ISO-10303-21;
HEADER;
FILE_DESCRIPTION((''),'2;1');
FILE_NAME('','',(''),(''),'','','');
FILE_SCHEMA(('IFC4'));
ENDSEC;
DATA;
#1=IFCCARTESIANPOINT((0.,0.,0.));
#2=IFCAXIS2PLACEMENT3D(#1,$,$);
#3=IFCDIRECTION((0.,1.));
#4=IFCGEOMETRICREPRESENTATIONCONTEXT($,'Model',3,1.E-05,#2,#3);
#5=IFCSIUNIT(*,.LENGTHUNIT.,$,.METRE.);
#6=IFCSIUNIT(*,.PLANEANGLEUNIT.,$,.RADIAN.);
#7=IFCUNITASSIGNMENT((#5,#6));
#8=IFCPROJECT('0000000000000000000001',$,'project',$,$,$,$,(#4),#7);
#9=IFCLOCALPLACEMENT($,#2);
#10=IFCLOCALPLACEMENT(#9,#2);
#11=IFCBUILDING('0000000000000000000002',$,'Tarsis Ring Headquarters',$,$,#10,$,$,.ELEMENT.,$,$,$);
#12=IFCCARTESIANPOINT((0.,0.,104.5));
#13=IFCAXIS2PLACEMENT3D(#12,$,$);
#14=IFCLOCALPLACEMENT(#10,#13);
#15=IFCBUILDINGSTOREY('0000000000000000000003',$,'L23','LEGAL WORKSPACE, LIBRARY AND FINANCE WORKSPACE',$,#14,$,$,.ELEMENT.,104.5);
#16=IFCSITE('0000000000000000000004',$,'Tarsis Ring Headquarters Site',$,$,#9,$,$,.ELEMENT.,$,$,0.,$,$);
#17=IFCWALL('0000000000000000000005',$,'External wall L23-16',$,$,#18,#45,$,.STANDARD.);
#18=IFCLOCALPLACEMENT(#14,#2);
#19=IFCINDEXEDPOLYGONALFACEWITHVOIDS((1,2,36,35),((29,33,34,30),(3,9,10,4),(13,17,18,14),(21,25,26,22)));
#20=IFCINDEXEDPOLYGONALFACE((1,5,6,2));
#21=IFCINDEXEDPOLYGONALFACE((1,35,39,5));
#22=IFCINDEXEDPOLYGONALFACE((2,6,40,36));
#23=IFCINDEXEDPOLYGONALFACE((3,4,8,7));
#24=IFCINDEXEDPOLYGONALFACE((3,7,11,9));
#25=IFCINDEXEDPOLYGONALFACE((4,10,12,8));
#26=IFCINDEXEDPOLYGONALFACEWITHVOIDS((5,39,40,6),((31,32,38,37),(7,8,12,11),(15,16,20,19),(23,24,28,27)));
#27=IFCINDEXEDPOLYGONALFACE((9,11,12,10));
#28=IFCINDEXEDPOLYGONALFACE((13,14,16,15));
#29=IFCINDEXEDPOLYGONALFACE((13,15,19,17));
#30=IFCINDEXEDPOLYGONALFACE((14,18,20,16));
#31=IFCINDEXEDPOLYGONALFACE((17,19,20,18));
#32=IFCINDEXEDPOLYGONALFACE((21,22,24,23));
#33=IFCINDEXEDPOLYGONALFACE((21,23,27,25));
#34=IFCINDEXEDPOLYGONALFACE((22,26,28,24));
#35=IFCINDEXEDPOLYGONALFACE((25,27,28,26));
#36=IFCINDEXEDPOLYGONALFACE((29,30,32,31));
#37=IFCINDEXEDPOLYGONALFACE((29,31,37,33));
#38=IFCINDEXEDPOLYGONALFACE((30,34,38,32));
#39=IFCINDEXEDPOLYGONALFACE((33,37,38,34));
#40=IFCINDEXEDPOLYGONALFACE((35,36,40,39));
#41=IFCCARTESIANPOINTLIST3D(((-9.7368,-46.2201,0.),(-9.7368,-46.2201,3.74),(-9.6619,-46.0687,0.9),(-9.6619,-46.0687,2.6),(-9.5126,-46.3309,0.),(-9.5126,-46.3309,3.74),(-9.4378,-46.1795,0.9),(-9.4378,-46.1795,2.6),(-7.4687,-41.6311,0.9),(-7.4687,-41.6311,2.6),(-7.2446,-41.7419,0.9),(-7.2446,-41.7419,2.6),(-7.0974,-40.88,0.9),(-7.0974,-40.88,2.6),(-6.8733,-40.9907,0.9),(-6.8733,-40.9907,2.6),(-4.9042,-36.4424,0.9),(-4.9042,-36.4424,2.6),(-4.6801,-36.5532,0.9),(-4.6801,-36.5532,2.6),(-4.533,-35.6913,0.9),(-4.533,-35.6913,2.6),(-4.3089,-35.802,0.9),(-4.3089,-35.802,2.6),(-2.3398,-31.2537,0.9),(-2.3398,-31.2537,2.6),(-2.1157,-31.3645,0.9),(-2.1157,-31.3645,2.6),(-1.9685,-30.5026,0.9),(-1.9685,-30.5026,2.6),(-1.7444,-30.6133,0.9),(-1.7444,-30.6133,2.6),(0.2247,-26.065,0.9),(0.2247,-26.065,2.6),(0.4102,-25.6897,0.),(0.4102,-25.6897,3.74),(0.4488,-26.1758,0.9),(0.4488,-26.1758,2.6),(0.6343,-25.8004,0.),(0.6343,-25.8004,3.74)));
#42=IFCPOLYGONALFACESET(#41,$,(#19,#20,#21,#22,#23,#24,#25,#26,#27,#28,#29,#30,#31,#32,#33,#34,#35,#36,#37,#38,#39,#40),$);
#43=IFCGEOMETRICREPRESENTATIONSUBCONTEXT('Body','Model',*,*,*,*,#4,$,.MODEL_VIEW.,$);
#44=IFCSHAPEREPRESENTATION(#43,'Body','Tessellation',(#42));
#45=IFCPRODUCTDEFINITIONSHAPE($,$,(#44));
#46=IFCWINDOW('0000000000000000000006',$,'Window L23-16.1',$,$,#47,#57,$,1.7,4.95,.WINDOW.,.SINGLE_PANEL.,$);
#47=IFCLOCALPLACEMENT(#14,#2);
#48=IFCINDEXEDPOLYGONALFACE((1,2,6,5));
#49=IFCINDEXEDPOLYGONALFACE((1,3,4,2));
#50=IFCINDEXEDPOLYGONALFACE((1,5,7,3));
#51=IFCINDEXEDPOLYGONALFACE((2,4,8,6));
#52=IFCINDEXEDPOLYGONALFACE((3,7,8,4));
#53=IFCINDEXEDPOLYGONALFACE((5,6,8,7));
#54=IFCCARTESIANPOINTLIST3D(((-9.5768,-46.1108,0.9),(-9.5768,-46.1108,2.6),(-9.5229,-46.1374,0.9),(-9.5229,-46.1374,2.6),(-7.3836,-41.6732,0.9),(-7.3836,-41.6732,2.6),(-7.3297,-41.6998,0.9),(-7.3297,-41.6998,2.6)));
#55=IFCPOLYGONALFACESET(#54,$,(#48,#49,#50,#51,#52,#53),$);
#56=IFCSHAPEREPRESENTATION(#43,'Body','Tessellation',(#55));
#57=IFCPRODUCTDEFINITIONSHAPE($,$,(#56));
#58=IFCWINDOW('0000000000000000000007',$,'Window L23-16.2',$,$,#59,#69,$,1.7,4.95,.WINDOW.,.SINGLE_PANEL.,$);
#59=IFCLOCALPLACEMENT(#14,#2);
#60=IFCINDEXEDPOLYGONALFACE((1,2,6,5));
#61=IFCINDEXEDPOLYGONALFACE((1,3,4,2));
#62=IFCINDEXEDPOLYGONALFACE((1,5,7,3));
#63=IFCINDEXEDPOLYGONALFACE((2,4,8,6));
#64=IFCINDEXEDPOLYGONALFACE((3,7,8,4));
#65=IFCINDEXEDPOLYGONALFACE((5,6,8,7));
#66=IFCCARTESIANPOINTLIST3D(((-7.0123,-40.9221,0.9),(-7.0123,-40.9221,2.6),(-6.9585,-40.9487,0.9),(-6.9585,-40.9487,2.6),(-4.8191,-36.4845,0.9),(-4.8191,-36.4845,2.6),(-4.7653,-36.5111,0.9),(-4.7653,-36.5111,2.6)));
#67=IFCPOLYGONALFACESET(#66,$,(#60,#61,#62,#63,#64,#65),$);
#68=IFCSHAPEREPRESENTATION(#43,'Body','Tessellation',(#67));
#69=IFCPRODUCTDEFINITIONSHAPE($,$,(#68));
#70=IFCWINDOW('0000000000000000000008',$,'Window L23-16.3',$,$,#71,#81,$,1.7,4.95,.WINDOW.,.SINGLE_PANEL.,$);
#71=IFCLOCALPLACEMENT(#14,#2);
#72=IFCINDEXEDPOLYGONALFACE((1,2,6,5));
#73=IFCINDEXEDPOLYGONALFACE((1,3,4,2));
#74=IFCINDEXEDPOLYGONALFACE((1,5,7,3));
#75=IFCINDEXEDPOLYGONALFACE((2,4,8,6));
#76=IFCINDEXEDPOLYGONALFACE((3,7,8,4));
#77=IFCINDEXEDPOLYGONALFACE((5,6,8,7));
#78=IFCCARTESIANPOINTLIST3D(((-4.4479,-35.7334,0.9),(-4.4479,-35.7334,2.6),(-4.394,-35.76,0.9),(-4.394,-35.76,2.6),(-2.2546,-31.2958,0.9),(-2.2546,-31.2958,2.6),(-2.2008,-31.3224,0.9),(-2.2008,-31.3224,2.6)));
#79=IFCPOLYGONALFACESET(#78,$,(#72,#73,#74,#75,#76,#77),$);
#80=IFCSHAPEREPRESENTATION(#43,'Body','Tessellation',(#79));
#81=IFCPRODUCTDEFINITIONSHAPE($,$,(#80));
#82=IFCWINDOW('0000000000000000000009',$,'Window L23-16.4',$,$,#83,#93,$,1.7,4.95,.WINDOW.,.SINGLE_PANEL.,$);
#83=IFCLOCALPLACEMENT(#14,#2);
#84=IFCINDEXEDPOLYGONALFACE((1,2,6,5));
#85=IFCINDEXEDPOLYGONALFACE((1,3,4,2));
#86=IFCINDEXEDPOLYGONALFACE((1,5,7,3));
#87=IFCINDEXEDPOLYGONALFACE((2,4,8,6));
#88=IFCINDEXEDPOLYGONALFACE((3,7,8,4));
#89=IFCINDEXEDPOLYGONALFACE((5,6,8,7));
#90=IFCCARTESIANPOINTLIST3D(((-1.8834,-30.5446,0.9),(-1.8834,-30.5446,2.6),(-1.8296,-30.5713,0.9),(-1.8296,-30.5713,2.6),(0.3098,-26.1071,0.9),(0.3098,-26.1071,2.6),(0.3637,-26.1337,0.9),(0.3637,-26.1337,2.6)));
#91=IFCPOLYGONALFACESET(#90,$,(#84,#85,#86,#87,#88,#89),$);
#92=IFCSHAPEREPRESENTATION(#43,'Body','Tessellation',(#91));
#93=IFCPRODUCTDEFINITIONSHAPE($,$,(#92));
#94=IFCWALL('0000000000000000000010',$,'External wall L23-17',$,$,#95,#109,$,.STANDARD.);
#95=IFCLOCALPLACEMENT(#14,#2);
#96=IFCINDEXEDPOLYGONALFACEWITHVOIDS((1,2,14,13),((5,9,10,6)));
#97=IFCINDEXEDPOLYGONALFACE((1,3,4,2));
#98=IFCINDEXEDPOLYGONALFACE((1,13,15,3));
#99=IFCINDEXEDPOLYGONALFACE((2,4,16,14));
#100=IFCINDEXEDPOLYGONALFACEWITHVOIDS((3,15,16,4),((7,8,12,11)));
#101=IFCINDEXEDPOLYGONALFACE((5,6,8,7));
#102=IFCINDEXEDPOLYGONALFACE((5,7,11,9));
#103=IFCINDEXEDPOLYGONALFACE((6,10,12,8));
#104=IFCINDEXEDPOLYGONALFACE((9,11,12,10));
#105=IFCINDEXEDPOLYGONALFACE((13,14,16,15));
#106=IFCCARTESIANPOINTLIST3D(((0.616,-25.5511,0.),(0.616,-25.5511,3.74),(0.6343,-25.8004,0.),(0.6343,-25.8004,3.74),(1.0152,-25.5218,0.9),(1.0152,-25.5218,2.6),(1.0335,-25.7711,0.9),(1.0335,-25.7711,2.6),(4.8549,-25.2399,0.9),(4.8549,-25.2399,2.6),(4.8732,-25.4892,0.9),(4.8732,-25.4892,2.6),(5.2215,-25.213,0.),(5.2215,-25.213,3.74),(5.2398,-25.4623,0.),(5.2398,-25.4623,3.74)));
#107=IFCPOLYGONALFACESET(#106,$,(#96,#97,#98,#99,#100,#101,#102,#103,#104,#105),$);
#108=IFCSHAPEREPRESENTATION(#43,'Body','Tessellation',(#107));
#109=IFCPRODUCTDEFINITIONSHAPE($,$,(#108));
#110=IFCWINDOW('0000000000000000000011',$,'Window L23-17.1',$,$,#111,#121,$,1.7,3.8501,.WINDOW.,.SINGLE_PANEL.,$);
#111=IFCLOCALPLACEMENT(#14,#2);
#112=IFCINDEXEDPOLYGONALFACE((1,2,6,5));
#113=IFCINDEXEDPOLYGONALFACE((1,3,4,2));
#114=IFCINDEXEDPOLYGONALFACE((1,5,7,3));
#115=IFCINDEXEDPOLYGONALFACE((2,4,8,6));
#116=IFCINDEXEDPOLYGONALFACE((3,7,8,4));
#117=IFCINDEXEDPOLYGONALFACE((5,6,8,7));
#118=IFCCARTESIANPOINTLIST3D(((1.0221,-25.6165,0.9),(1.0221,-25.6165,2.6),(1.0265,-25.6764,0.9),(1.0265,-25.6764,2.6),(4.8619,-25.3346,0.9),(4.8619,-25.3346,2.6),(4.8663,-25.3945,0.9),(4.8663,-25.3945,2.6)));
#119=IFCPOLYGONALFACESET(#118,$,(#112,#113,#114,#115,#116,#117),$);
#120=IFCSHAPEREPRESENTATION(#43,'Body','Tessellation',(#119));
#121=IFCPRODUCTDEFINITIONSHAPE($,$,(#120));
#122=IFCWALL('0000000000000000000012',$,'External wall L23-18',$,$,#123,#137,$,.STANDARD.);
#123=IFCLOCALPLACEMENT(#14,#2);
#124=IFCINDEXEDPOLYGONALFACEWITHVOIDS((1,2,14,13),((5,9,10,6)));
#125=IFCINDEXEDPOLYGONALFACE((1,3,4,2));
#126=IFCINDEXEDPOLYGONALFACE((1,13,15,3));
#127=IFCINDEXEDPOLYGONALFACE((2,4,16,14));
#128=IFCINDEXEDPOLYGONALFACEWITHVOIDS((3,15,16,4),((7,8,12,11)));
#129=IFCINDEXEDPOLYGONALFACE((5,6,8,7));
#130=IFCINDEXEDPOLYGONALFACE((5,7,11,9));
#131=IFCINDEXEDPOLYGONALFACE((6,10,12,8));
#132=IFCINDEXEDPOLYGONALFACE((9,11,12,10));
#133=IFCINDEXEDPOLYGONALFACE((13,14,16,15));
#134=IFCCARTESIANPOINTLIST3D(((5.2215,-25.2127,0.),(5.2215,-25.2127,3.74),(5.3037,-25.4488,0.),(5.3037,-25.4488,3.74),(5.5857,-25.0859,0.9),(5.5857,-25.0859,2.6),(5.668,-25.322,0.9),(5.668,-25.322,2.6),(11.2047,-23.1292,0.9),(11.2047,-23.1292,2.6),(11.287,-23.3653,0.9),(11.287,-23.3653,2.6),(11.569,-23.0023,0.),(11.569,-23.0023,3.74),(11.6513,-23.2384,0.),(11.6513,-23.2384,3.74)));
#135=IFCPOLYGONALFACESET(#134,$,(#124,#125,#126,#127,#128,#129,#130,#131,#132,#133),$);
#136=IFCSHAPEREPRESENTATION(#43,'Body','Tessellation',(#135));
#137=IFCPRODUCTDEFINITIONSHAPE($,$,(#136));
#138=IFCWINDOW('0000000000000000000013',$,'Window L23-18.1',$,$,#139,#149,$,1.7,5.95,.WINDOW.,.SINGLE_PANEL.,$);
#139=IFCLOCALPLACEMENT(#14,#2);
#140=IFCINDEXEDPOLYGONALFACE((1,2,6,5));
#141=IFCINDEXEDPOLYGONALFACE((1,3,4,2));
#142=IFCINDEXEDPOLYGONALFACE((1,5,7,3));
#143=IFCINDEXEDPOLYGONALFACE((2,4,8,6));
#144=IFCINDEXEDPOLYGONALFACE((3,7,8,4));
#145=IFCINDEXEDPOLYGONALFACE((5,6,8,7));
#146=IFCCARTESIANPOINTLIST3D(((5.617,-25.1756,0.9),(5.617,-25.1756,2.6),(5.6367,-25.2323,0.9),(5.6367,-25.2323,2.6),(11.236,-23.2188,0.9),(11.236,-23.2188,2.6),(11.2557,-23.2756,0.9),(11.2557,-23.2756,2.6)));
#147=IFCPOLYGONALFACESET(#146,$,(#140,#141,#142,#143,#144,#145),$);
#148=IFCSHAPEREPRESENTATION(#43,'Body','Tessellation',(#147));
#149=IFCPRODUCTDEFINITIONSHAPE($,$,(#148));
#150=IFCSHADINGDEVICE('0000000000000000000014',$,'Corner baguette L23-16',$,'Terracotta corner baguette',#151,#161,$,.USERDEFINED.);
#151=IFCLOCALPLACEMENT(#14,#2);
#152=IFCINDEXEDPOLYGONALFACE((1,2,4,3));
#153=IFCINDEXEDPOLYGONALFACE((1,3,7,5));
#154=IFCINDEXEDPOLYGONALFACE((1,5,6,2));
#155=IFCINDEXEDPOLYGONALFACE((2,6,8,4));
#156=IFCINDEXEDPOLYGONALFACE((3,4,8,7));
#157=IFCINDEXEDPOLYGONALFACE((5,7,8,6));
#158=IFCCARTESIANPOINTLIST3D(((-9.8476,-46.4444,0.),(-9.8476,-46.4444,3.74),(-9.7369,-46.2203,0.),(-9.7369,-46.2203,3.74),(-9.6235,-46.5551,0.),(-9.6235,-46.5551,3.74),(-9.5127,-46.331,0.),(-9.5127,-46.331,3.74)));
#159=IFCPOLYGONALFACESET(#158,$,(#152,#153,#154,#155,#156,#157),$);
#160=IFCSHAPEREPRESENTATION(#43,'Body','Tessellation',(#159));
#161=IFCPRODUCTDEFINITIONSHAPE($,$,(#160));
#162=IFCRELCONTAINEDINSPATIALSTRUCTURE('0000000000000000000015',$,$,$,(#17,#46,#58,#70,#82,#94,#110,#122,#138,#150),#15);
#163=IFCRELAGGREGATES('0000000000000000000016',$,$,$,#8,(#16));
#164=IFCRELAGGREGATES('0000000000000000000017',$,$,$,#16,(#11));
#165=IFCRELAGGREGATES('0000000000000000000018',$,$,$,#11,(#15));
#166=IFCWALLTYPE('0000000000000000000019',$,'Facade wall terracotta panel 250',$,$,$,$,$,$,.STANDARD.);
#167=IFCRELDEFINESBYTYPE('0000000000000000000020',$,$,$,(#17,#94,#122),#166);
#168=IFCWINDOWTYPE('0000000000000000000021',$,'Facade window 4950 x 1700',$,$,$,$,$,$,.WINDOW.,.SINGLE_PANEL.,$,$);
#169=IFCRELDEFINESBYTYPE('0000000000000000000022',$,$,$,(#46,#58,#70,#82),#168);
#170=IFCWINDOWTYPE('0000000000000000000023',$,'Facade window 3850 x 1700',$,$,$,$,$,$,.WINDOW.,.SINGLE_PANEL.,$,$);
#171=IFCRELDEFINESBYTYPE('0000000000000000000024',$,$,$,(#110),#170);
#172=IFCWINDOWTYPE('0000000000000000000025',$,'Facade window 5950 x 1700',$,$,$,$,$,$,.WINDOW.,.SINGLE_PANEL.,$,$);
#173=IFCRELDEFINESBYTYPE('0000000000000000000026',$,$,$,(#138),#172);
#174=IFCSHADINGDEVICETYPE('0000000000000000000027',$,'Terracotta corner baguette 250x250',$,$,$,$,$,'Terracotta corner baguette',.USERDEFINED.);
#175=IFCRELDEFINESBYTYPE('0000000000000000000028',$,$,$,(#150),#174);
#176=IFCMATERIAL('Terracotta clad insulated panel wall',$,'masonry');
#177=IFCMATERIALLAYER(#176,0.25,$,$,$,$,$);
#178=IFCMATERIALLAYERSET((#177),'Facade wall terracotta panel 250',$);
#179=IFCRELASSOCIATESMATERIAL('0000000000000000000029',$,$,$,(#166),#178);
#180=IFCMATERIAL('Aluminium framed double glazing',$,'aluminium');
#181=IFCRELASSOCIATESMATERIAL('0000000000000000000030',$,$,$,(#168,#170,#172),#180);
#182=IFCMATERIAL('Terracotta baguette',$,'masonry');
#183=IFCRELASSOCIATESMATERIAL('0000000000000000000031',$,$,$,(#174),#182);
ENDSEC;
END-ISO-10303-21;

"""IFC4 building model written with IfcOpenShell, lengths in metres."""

from ifc_helpers import new_model, si_unit, direction, frame, frame_2d, origin, origin_2d, place, context, subcontext, project, spatial, rectangle, extrude, material, layer, layer_set, type_object, element, fill, save


model = new_model("IFC4")

# Units and contexts
model_context = context("Model", 3, precision=1e-05, world=origin(), true_north=direction((0.0, 1.0)))
body_context = subcontext(model_context, "Body", "Model", "MODEL_VIEW")
ifc_project = project(units=[si_unit("LENGTHUNIT", "METRE"), si_unit("PLANEANGLEUNIT", "RADIAN")], contexts=[model_context])

# Site, building, storey
site_placement = place(None, origin())
site = spatial("IfcSite", under=ifc_project, at=site_placement, Name="Tarsis Ring Headquarters Site", CompositionType="ELEMENT", RefElevation=0.0)
building_placement = place(site_placement, origin())
building = spatial("IfcBuilding", under=site, at=building_placement, Name="Tarsis Ring Headquarters", CompositionType="ELEMENT")
storey_placement = place(building_placement, frame((0.0, 0.0, 104.5)))
storey = spatial("IfcBuildingStorey", under=building, at=storey_placement, Name="L23", Description="LEGAL WORKSPACE, LIBRARY AND FINANCE WORKSPACE", CompositionType="ELEMENT", Elevation=104.5)

# Wall, openings, windows
ifc_material_1 = material(Name="Terracotta clad insulated panel wall", Category="masonry")
ifc_layer_1 = layer(ifc_material_1, 0.25)
ifc_layer_set_1 = layer_set([ifc_layer_1], Name="Facade wall terracotta panel 250")
wall_type_1 = type_object("IfcWallType", Name="Facade wall terracotta panel 250", PredefinedType="STANDARD", material=ifc_layer_set_1)
wall_1_placement = place(storey_placement, frame((-9.6248, -46.2756, 0.0), z_axis=(0.0, 0.0, 1.0), x_axis=(0.443077, 0.896484, 0.0)))
wall_1 = element("IfcWall", 1, at=wall_1_placement, inside=storey, type_object=wall_type_1, Name="External wall L23-16", PredefinedType="STANDARD", context=body_context, shape_type="SweptSolid", body=[
    extrude(rectangle(XDim=22.9011, YDim=0.25, at=frame_2d((11.4507, 0.0))), origin(), (0.0, 0.0, 1.0), 3.74),
])
opening_1_placement = place(wall_1_placement, frame((0.1689, 0.0, 0.8999)))
opening_1 = element("IfcOpeningElement", 2, at=opening_1_placement, cuts=wall_1, PredefinedType="OPENING", context=body_context, shape_type="SweptSolid", body=[
    extrude(rectangle(XDim=4.95, YDim=1.7, at=frame_2d((2.4751, 0.8501))), frame((0.0, 0.135, 0.0), z_axis=(0.0, -1.0, 0.0), x_axis=(1.0, 0.0, 0.0)), (0.0, 0.0, 1.0), 0.27),
])
opening_2_placement = place(wall_1_placement, frame((5.9568, 0.0, 0.8999)))
opening_2 = element("IfcOpeningElement", 3, at=opening_2_placement, cuts=wall_1, PredefinedType="OPENING", context=body_context, shape_type="SweptSolid", body=[
    extrude(rectangle(XDim=4.95, YDim=1.7, at=frame_2d((2.4751, 0.8501))), frame((0.0, 0.135, 0.0), z_axis=(0.0, -1.0, 0.0), x_axis=(1.0, 0.0, 0.0)), (0.0, 0.0, 1.0), 0.27),
])
opening_3_placement = place(wall_1_placement, frame((11.7446, 0.0, 0.8999)))
opening_3 = element("IfcOpeningElement", 4, at=opening_3_placement, cuts=wall_1, PredefinedType="OPENING", context=body_context, shape_type="SweptSolid", body=[
    extrude(rectangle(XDim=4.95, YDim=1.7, at=frame_2d((2.4751, 0.8501))), frame((0.0, 0.135, 0.0), z_axis=(0.0, -1.0, 0.0), x_axis=(1.0, 0.0, 0.0)), (0.0, 0.0, 1.0), 0.27),
])
opening_4_placement = place(wall_1_placement, frame((17.5325, 0.0, 0.8999)))
opening_4 = element("IfcOpeningElement", 5, at=opening_4_placement, cuts=wall_1, PredefinedType="OPENING", context=body_context, shape_type="SweptSolid", body=[
    extrude(rectangle(XDim=4.95, YDim=1.7, at=frame_2d((2.4751, 0.8501))), frame((0.0, 0.135, 0.0), z_axis=(0.0, -1.0, 0.0), x_axis=(1.0, 0.0, 0.0)), (0.0, 0.0, 1.0), 0.27),
])
ifc_material_2 = material(Name="Aluminium framed double glazing", Category="aluminium")
window_type_1 = type_object("IfcWindowType", Name="Facade window 4950 x 1700", PartitioningType="SINGLE_PANEL", PredefinedType="WINDOW", material=ifc_material_2)
window_1_placement = place(opening_1_placement, origin())
window_1 = element("IfcWindow", 6, at=window_1_placement, inside=storey, type_object=window_type_1, Name="Window L23-16.1", OverallHeight=1.7, OverallWidth=4.95, PartitioningType="SINGLE_PANEL", PredefinedType="WINDOW", context=body_context, shape_type="SweptSolid", body=[
    extrude(rectangle(XDim=4.95, YDim=1.7, at=frame_2d((2.4751, 0.8501))), frame((0.0, 0.03, 0.0), z_axis=(0.0, -1.0, 0.0), x_axis=(1.0, 0.0, 0.0)), (0.0, 0.0, 1.0), 0.0601),
])
fill(opening_1, window_1)
window_2_placement = place(opening_2_placement, origin())
window_2 = element("IfcWindow", 7, at=window_2_placement, inside=storey, type_object=window_type_1, Name="Window L23-16.2", OverallHeight=1.7, OverallWidth=4.95, PartitioningType="SINGLE_PANEL", PredefinedType="WINDOW", context=body_context, shape_type="SweptSolid", body=[
    extrude(rectangle(XDim=4.95, YDim=1.7, at=frame_2d((2.4751, 0.8501))), frame((0.0, 0.03, 0.0), z_axis=(0.0, -1.0, 0.0), x_axis=(1.0, 0.0, 0.0)), (0.0, 0.0, 1.0), 0.0601),
])
fill(opening_2, window_2)
window_3_placement = place(opening_3_placement, origin())
window_3 = element("IfcWindow", 8, at=window_3_placement, inside=storey, type_object=window_type_1, Name="Window L23-16.3", OverallHeight=1.7, OverallWidth=4.95, PartitioningType="SINGLE_PANEL", PredefinedType="WINDOW", context=body_context, shape_type="SweptSolid", body=[
    extrude(rectangle(XDim=4.95, YDim=1.7, at=frame_2d((2.4751, 0.8501))), frame((0.0, 0.03, 0.0), z_axis=(0.0, -1.0, 0.0), x_axis=(1.0, 0.0, 0.0)), (0.0, 0.0, 1.0), 0.0601),
])
fill(opening_3, window_3)
window_4_placement = place(opening_4_placement, origin())
window_4 = element("IfcWindow", 9, at=window_4_placement, inside=storey, type_object=window_type_1, Name="Window L23-16.4", OverallHeight=1.7, OverallWidth=4.95, PartitioningType="SINGLE_PANEL", PredefinedType="WINDOW", context=body_context, shape_type="SweptSolid", body=[
    extrude(rectangle(XDim=4.95, YDim=1.7, at=frame_2d((2.4751, 0.8501))), frame((0.0, 0.03, 0.0), z_axis=(0.0, -1.0, 0.0), x_axis=(1.0, 0.0, 0.0)), (0.0, 0.0, 1.0), 0.0601),
])
fill(opening_4, window_4)

# Walls, openings, windows
wall_2_placement = place(storey_placement, frame((0.625, -25.6758, 0.0), z_axis=(0.0, 0.0, 1.0), x_axis=(0.997316, 0.073223, 0.0)))
wall_2 = element("IfcWall", 10, at=wall_2_placement, inside=storey, type_object=wall_type_1, Name="External wall L23-17", PredefinedType="STANDARD", context=body_context, shape_type="SweptSolid", body=[
    extrude(rectangle(XDim=4.6179, YDim=0.25, at=frame_2d((2.3091, 0.0))), origin(), (0.0, 0.0, 1.0), 3.74),
])
opening_5_placement = place(wall_2_placement, frame((0.4004, 0.0, 0.8999)))
opening_5 = element("IfcOpeningElement", 11, at=opening_5_placement, cuts=wall_2, PredefinedType="OPENING", context=body_context, shape_type="SweptSolid", body=[
    extrude(rectangle(XDim=3.8501, YDim=1.7, at=frame_2d((1.925, 0.8501))), frame((0.0, 0.135, 0.0), z_axis=(0.0, -1.0, 0.0), x_axis=(1.0, 0.0, 0.0)), (0.0, 0.0, 1.0), 0.27),
])
window_type_2 = type_object("IfcWindowType", Name="Facade window 3850 x 1700", PartitioningType="SINGLE_PANEL", PredefinedType="WINDOW", material=ifc_material_2)
window_5_placement = place(opening_5_placement, origin())
window_5 = element("IfcWindow", 12, at=window_5_placement, inside=storey, type_object=window_type_2, Name="Window L23-17.1", OverallHeight=1.7, OverallWidth=3.8501, PartitioningType="SINGLE_PANEL", PredefinedType="WINDOW", context=body_context, shape_type="SweptSolid", body=[
    extrude(rectangle(XDim=3.8501, YDim=1.7, at=frame_2d((1.925, 0.8501))), frame((0.0, 0.03, 0.0), z_axis=(0.0, -1.0, 0.0), x_axis=(1.0, 0.0, 0.0)), (0.0, 0.0, 1.0), 0.0601),
])
fill(opening_5, window_5)
wall_3_placement = place(storey_placement, frame((5.2625, -25.3308, 0.0), z_axis=(0.0, 0.0, 1.0), x_axis=(0.944378, 0.328862, 0.0)))
wall_3 = element("IfcWall", 13, at=wall_3_placement, inside=storey, type_object=wall_type_1, Name="External wall L23-18", PredefinedType="STANDARD", context=body_context, shape_type="SweptSolid", body=[
    extrude(rectangle(XDim=6.7214, YDim=0.25, at=frame_2d((3.3608, 0.0))), origin(), (0.0, 0.0, 1.0), 3.74),
])
opening_6_placement = place(wall_3_placement, frame((0.3857, 0.0, 0.8999)))
opening_6 = element("IfcOpeningElement", 14, at=opening_6_placement, cuts=wall_3, PredefinedType="OPENING", context=body_context, shape_type="SweptSolid", body=[
    extrude(rectangle(XDim=5.95, YDim=1.7, at=frame_2d((2.9751, 0.8501))), frame((0.0, 0.135, 0.0), z_axis=(0.0, -1.0, 0.0), x_axis=(1.0, 0.0, 0.0)), (0.0, 0.0, 1.0), 0.27),
])
window_type_3 = type_object("IfcWindowType", Name="Facade window 5950 x 1700", PartitioningType="SINGLE_PANEL", PredefinedType="WINDOW", material=ifc_material_2)
window_6_placement = place(opening_6_placement, origin())
window_6 = element("IfcWindow", 15, at=window_6_placement, inside=storey, type_object=window_type_3, Name="Window L23-18.1", OverallHeight=1.7, OverallWidth=5.95, PartitioningType="SINGLE_PANEL", PredefinedType="WINDOW", context=body_context, shape_type="SweptSolid", body=[
    extrude(rectangle(XDim=5.95, YDim=1.7, at=frame_2d((2.9751, 0.8501))), frame((0.0, 0.03, 0.0), z_axis=(0.0, -1.0, 0.0), x_axis=(1.0, 0.0, 0.0)), (0.0, 0.0, 1.0), 0.0601),
])
fill(opening_6, window_6)

# Shading device
ifc_material_3 = material(Name="Terracotta baguette", Category="masonry")
shading_device_type_1 = type_object("IfcShadingDeviceType", Name="Terracotta corner baguette 250x250", ElementType="Terracotta corner baguette", PredefinedType="USERDEFINED", material=ifc_material_3)
shading_device_1_placement = place(storey_placement, frame((-9.6802, -46.3877, 0.0), z_axis=(0.0, 0.0, 1.0), x_axis=(0.896486, -0.443072, 0.0)))
element("IfcShadingDevice", 16, at=shading_device_1_placement, inside=storey, type_object=shading_device_type_1, Name="Corner baguette L23-16", ObjectType="Terracotta corner baguette", PredefinedType="USERDEFINED", context=body_context, shape_type="SweptSolid", body=[
    extrude(rectangle(XDim=0.25, YDim=0.25, at=origin_2d()), origin(), (0.0, 0.0, 1.0), 3.74),
])

save(model, "model.ifc")
